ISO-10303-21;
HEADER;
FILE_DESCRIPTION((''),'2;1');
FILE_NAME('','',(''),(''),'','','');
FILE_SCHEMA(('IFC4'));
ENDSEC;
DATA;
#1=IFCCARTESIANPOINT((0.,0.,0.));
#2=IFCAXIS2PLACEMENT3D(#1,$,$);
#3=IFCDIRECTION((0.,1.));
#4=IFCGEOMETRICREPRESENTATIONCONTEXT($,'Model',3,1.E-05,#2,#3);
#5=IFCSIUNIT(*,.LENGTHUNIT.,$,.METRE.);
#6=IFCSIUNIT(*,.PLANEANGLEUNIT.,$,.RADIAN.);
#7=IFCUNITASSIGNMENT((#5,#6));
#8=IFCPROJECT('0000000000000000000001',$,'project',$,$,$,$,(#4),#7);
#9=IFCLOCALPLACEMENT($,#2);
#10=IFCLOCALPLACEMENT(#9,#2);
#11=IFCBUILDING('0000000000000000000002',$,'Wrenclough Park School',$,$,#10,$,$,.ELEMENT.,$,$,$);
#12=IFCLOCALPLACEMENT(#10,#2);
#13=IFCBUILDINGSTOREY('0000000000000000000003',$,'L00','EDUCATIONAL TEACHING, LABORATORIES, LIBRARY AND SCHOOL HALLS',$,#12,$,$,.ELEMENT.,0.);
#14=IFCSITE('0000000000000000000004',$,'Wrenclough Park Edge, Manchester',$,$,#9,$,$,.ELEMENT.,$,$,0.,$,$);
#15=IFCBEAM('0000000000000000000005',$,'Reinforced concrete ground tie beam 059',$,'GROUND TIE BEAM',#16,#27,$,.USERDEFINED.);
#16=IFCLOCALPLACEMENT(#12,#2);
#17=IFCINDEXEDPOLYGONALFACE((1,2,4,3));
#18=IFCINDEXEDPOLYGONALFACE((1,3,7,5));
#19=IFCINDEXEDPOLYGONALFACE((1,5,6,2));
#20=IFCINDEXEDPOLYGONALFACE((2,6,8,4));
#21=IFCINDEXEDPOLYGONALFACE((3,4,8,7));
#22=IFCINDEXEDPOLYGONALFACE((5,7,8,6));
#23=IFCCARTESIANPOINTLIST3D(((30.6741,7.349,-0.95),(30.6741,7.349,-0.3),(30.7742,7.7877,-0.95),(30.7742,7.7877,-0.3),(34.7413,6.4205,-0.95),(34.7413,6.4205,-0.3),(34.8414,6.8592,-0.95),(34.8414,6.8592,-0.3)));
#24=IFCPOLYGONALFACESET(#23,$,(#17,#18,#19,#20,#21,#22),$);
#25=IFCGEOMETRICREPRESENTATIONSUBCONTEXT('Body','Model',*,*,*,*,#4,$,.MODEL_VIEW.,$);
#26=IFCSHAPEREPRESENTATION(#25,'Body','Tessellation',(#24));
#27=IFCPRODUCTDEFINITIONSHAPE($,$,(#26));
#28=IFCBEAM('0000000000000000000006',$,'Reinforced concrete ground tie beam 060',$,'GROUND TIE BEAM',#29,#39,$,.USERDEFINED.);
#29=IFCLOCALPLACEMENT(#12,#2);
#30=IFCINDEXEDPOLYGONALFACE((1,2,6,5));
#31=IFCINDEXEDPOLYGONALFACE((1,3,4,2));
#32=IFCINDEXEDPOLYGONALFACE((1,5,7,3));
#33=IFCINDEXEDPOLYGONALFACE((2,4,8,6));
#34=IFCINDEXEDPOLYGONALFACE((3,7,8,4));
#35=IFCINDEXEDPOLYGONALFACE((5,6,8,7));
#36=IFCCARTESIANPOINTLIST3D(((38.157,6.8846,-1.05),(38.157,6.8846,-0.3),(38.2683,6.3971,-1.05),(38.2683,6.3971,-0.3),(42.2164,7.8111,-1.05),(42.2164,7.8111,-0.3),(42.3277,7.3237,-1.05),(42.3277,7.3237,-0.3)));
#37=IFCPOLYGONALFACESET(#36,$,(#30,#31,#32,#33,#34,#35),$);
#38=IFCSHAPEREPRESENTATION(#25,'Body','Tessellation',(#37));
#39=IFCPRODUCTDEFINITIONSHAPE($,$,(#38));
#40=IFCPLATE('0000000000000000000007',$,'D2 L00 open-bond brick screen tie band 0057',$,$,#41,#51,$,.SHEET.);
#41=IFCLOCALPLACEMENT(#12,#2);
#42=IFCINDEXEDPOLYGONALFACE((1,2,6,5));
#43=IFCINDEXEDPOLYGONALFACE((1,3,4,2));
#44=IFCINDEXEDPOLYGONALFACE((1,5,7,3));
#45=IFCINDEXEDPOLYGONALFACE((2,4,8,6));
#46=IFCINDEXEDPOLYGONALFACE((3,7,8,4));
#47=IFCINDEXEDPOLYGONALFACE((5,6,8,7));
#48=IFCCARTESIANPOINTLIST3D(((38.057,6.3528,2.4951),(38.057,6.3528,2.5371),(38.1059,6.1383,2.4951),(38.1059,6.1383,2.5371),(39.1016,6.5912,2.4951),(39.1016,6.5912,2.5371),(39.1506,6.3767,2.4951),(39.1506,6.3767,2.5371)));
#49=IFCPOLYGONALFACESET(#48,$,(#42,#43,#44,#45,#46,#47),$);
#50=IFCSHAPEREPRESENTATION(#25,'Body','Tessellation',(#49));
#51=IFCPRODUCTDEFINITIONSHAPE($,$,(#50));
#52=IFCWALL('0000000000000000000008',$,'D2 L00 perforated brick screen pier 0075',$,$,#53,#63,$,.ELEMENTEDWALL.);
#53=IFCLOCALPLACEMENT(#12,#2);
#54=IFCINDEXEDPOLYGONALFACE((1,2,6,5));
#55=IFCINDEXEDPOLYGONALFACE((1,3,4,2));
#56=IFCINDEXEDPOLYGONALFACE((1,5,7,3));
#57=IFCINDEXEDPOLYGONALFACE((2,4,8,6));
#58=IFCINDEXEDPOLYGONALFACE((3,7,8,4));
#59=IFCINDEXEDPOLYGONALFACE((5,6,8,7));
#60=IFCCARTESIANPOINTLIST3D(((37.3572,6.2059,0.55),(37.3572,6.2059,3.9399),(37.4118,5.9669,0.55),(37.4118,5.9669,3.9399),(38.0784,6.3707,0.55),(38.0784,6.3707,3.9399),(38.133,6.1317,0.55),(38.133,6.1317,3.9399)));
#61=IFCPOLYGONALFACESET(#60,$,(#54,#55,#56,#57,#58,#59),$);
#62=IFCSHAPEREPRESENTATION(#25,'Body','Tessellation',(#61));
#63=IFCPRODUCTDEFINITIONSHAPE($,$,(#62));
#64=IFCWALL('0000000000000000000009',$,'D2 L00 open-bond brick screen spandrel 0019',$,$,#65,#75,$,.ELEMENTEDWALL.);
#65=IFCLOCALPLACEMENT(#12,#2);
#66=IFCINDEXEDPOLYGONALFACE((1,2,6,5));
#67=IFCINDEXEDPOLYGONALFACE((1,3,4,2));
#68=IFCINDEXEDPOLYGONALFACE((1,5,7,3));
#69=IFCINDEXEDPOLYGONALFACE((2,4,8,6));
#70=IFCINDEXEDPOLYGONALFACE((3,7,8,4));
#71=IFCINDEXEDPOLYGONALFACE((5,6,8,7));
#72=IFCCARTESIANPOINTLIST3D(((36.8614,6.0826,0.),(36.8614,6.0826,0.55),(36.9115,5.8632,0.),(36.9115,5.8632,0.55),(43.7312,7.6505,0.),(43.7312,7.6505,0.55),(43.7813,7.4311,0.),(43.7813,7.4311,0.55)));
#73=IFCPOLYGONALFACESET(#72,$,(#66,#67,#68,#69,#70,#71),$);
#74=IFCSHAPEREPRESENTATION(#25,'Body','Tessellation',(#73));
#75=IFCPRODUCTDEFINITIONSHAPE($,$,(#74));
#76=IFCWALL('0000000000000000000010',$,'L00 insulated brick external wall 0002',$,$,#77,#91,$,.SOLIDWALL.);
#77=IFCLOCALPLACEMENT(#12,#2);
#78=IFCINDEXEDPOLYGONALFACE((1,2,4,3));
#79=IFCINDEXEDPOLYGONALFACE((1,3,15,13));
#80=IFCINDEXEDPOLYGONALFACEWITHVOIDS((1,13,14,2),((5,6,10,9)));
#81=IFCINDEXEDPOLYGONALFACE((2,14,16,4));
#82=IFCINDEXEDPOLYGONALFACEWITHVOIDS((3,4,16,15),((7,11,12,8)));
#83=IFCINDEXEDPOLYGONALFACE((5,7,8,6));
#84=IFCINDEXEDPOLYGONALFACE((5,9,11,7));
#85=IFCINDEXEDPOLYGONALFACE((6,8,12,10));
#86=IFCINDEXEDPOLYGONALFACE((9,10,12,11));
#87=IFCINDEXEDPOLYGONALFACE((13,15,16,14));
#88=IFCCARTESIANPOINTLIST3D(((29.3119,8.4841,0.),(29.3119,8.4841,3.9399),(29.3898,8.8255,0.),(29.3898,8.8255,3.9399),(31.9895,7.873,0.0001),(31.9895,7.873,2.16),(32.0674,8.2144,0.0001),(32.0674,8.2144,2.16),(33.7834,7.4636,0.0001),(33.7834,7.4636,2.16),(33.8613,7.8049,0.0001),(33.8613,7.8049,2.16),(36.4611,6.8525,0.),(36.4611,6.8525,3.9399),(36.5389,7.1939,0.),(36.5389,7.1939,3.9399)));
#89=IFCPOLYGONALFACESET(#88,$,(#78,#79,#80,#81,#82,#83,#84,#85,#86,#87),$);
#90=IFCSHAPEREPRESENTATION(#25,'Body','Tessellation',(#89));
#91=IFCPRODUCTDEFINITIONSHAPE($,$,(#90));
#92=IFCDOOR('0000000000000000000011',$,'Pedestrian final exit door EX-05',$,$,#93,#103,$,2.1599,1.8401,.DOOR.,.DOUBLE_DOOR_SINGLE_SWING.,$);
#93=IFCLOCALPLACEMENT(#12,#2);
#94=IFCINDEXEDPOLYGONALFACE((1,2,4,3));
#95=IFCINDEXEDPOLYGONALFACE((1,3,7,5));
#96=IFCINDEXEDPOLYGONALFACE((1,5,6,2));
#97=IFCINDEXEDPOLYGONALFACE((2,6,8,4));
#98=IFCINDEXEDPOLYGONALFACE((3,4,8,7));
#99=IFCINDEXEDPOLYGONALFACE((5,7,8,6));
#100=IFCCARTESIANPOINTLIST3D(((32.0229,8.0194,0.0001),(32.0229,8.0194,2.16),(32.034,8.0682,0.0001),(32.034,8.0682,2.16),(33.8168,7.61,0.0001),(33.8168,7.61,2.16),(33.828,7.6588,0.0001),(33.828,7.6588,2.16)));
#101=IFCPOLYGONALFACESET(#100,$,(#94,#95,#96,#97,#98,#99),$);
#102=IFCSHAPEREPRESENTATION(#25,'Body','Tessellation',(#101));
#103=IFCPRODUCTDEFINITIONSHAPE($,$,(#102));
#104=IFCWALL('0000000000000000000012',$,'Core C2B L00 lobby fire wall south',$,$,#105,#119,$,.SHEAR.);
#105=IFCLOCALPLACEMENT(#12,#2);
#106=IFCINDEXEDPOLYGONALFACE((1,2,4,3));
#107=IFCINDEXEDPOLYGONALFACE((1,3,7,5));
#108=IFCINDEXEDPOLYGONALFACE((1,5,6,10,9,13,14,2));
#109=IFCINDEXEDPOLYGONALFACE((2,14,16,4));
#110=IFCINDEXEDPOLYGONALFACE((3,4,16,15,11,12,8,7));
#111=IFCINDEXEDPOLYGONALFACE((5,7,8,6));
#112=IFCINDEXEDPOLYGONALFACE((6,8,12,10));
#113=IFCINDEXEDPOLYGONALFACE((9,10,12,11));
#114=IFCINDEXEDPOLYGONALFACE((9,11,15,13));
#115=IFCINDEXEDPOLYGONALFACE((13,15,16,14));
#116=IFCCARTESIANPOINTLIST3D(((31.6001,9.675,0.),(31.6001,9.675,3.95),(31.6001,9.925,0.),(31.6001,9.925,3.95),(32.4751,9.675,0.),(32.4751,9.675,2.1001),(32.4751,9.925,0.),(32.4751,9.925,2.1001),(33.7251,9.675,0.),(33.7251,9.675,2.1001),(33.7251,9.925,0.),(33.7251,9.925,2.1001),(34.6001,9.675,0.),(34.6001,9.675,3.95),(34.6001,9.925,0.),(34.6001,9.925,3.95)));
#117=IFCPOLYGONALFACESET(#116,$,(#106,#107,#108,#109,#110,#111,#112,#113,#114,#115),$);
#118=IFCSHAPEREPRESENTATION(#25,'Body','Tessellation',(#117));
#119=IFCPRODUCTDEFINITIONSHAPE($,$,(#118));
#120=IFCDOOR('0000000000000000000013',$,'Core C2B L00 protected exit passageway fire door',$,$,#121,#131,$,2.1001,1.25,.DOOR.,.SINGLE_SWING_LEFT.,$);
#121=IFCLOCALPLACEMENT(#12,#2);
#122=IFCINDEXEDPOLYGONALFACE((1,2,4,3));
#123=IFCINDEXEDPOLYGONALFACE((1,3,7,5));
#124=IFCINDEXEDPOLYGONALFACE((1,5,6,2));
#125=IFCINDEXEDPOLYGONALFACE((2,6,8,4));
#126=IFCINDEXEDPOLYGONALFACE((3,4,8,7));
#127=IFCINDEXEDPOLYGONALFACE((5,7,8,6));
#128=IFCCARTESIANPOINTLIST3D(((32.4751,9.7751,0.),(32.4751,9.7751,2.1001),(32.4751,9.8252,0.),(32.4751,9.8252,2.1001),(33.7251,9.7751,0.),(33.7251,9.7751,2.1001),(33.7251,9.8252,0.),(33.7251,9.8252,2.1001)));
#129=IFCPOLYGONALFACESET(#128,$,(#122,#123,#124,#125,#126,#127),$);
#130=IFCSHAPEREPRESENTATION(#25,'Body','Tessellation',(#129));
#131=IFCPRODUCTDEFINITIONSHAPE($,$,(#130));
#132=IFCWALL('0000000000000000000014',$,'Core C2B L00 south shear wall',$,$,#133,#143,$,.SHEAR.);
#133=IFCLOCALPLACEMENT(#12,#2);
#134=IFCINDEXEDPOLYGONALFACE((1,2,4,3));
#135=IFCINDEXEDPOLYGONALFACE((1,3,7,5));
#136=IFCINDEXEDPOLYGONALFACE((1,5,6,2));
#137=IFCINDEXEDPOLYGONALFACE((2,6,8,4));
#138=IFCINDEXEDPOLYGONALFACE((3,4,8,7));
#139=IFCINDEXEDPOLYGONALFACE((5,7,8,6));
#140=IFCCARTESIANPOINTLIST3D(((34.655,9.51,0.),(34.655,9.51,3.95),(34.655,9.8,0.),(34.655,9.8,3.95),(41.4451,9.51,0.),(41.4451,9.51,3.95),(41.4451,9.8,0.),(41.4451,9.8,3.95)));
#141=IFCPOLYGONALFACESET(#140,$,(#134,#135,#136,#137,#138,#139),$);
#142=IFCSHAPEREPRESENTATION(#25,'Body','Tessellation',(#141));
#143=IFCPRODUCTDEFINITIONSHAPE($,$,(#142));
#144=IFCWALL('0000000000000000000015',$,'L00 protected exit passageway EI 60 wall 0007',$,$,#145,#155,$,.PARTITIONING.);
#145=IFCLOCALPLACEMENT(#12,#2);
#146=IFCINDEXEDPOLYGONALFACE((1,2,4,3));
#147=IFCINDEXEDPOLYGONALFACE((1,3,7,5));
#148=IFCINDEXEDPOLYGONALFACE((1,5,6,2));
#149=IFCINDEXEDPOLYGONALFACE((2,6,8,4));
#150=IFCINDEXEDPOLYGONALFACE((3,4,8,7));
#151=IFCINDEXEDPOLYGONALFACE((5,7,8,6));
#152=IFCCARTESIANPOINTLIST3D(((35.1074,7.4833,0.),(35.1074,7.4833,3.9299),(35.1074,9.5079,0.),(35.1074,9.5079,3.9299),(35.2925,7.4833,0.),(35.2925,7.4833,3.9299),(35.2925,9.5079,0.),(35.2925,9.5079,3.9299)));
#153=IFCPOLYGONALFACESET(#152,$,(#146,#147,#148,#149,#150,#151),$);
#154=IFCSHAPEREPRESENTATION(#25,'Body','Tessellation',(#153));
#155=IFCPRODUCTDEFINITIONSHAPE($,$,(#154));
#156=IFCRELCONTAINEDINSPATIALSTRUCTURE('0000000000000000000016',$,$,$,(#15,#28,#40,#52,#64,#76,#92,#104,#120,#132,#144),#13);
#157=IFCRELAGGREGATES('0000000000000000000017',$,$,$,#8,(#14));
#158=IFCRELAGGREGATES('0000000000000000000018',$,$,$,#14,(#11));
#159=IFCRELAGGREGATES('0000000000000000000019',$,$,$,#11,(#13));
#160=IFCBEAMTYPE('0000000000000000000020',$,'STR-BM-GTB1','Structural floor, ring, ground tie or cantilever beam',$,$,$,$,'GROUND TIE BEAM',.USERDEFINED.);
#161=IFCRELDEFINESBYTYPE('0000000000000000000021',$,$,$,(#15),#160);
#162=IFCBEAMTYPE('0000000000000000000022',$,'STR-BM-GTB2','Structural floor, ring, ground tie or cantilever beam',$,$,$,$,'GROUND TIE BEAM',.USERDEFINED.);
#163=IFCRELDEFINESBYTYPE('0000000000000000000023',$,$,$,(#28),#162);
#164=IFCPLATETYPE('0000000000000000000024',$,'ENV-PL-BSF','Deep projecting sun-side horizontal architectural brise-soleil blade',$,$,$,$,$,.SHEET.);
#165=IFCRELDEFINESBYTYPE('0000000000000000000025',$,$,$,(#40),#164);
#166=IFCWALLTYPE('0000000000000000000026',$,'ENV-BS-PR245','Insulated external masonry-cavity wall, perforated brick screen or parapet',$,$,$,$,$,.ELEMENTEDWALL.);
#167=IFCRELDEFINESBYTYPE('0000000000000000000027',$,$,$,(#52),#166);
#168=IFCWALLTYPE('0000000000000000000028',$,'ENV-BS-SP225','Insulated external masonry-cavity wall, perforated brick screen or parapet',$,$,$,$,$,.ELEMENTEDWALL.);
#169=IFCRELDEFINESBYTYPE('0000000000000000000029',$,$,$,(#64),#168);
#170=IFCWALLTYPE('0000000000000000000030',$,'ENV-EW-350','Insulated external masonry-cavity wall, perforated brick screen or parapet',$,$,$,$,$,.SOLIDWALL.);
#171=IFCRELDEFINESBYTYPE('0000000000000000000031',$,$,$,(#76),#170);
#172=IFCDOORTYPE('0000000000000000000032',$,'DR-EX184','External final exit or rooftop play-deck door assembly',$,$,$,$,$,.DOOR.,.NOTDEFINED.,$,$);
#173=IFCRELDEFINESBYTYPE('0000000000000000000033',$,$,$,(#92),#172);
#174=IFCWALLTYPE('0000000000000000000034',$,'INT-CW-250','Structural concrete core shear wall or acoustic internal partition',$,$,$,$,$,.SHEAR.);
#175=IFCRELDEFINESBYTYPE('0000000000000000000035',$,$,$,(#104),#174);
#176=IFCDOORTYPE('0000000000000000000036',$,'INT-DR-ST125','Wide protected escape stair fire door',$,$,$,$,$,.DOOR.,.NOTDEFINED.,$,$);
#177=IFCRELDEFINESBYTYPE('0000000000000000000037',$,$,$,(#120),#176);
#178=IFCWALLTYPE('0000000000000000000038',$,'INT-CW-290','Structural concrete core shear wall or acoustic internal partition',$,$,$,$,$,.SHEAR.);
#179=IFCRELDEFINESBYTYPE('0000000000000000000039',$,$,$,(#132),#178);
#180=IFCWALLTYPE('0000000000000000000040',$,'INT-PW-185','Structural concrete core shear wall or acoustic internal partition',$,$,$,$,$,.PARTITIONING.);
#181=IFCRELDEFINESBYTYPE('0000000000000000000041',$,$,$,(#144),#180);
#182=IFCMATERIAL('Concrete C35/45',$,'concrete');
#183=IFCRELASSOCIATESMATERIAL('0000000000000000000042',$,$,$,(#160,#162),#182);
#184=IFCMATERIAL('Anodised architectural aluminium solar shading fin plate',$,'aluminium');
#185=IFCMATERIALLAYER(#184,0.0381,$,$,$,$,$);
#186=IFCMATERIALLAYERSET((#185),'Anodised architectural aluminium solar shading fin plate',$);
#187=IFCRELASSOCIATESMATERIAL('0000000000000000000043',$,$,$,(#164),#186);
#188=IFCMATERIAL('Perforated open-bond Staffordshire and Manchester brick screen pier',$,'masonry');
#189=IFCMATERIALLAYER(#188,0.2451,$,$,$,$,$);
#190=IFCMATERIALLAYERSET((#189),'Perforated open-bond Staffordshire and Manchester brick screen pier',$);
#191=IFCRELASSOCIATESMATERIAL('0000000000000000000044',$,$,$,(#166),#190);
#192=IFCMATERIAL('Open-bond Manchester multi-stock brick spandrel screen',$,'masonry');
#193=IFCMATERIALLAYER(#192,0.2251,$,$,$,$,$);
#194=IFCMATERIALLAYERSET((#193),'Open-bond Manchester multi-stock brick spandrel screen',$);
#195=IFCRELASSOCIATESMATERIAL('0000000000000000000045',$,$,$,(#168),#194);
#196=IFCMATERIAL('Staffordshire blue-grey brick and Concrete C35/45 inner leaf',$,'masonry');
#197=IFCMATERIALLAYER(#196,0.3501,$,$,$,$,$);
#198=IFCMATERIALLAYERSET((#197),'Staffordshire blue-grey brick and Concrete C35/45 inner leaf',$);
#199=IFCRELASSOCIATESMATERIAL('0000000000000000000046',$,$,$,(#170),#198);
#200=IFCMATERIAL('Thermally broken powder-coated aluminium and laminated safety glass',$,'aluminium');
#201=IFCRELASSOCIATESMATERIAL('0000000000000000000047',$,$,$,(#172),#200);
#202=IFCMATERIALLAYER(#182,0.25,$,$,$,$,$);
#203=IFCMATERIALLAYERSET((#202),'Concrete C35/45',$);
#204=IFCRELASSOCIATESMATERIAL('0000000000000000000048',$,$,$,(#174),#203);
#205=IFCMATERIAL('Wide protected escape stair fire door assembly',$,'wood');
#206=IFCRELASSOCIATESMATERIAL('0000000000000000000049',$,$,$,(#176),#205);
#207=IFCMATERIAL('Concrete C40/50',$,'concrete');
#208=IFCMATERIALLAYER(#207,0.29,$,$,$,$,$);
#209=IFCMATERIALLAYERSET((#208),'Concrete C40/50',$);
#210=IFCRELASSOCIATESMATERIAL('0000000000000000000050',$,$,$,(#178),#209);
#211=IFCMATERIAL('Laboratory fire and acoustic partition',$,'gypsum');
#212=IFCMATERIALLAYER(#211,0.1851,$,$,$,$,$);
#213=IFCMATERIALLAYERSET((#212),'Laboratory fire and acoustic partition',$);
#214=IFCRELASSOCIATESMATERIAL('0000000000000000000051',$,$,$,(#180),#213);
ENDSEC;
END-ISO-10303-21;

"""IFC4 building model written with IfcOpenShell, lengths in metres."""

from ifc_helpers import new_model, si_unit, direction, frame, frame_2d, origin, origin_2d, place, context, subcontext, project, spatial, rectangle, extrude, material, layer, layer_set, material_profile, profile_set, type_object, element, fill, save


model = new_model("IFC4")

# Units and contexts
model_context = context("Model", 3, precision=1e-05, world=origin(), true_north=direction((0.0, 1.0)))
body_context = subcontext(model_context, "Body", "Model", "MODEL_VIEW")
ifc_project = project(units=[si_unit("LENGTHUNIT", "METRE"), si_unit("PLANEANGLEUNIT", "RADIAN")], contexts=[model_context])

# Site, building, storey
site_placement = place(None, origin())
site = spatial("IfcSite", under=ifc_project, at=site_placement, Name="Wrenclough Park Edge, Manchester", CompositionType="ELEMENT", RefElevation=0.0)
building_placement = place(site_placement, origin())
building = spatial("IfcBuilding", under=site, at=building_placement, Name="Wrenclough Park School", CompositionType="ELEMENT")
storey_placement = place(building_placement, origin())
storey = spatial("IfcBuildingStorey", under=building, at=storey_placement, Name="L00", Description="EDUCATIONAL TEACHING, LABORATORIES, LIBRARY AND SCHOOL HALLS", CompositionType="ELEMENT", Elevation=0.0)

# Shared definitions
ifc_material_1 = material(Name="Concrete C35/45", Category="concrete")
ifc_material_2 = material(Name="Concrete C40/50", Category="concrete")

# Beams
ifc_material_profile_1 = material_profile(ifc_material_1, rectangle(XDim=0.45, YDim=0.6499, at=origin_2d()), Name="RC GROUND 450x650")
ifc_profile_set_1 = profile_set([ifc_material_profile_1], Name="Concrete C35/45")
beam_type_1 = type_object("IfcBeamType", Name="STR-BM-GTB1", Description="Structural floor, ring, ground tie or cantilever beam", ElementType="GROUND TIE BEAM", PredefinedType="USERDEFINED", material=ifc_profile_set_1)
beam_1_placement = place(storey_placement, frame((30.7241, 7.5684, -0.625), z_axis=(0.974919, -0.222559, 0.0), x_axis=(0.222559, 0.974919, 0.0)))
element("IfcBeam", 1, at=beam_1_placement, inside=storey, type_object=beam_type_1, Name="Reinforced concrete ground tie beam 059", ObjectType="GROUND TIE BEAM", PredefinedType="USERDEFINED", context=body_context, shape_type="SweptSolid", body=[
    extrude(rectangle(XDim=0.45, YDim=0.6499, at=origin_2d()), origin(), (0.0, 0.0, 1.0), 4.1719),
])
ifc_material_profile_2 = material_profile(ifc_material_1, rectangle(XDim=0.5, YDim=0.75, at=origin_2d()), Name="RC GROUND 500x750")
ifc_profile_set_2 = profile_set([ifc_material_profile_2], Name="Concrete C35/45")
beam_type_2 = type_object("IfcBeamType", Name="STR-BM-GTB2", Description="Structural floor, ring, ground tie or cantilever beam", ElementType="GROUND TIE BEAM", PredefinedType="USERDEFINED", material=ifc_profile_set_2)
beam_2_placement = place(storey_placement, frame((38.2126, 6.6409, -0.675), z_axis=(0.974928, 0.222521, 0.0), x_axis=(-0.222521, 0.974928, 0.0)))
element("IfcBeam", 2, at=beam_2_placement, inside=storey, type_object=beam_type_2, Name="Reinforced concrete ground tie beam 060", ObjectType="GROUND TIE BEAM", PredefinedType="USERDEFINED", context=body_context, shape_type="SweptSolid", body=[
    extrude(rectangle(XDim=0.5, YDim=0.75, at=origin_2d()), origin(), (0.0, 0.0, 1.0), 4.1638),
])

# Plate
ifc_material_3 = material(Name="Anodised architectural aluminium solar shading fin plate", Category="aluminium")
ifc_layer_1 = layer(ifc_material_3, 0.0381)
ifc_layer_set_1 = layer_set([ifc_layer_1], Name="Anodised architectural aluminium solar shading fin plate")
plate_type = type_object("IfcPlateType", Name="ENV-PL-BSF", Description="Deep projecting sun-side horizontal architectural brise-soleil blade", PredefinedType="SHEET", material=ifc_layer_set_1)
plate_placement = place(storey_placement, frame((38.6038, 6.3647, 2.4951), z_axis=(0.0, 0.0, 1.0), x_axis=(0.974927, 0.222526, 0.0)))
element("IfcPlate", 3, at=plate_placement, inside=storey, type_object=plate_type, Name="D2 L00 open-bond brick screen tie band 0057", PredefinedType="SHEET", context=body_context, shape_type="SweptSolid", body=[
    extrude(rectangle(XDim=1.0715, YDim=0.22, at=origin_2d()), origin(), (0.0, 0.0, 1.0), 0.042),
])

# Walls
ifc_material_4 = material(Name="Perforated open-bond Staffordshire and Manchester brick screen pier", Category="masonry")
ifc_layer_2 = layer(ifc_material_4, 0.2451)
ifc_layer_set_2 = layer_set([ifc_layer_2], Name="Perforated open-bond Staffordshire and Manchester brick screen pier")
wall_type_1 = type_object("IfcWallType", Name="ENV-BS-PR245", Description="Insulated external masonry-cavity wall, perforated brick screen or parapet", PredefinedType="ELEMENTEDWALL", material=ifc_layer_set_2)
wall_1_placement = place(storey_placement, frame((37.3845, 6.0864, 0.55), z_axis=(0.0, 0.0, 1.0), x_axis=(0.974873, 0.222762, 0.0)))
element("IfcWall", 4, at=wall_1_placement, inside=storey, type_object=wall_type_1, Name="D2 L00 perforated brick screen pier 0075", PredefinedType="ELEMENTEDWALL", context=body_context, shape_type="SweptSolid", body=[
    extrude(rectangle(XDim=0.7397, YDim=0.2451, at=frame_2d((0.3699, 0.0))), origin(), (0.0, 0.0, 1.0), 3.3899),
])
ifc_material_5 = material(Name="Open-bond Manchester multi-stock brick spandrel screen", Category="masonry")
ifc_layer_3 = layer(ifc_material_5, 0.2251)
ifc_layer_set_3 = layer_set([ifc_layer_3], Name="Open-bond Manchester multi-stock brick spandrel screen")
wall_type_2 = type_object("IfcWallType", Name="ENV-BS-SP225", Description="Insulated external masonry-cavity wall, perforated brick screen or parapet", PredefinedType="ELEMENTEDWALL", material=ifc_layer_set_3)
wall_2_placement = place(storey_placement, frame((36.8865, 5.9729, 0.0), z_axis=(0.0, 0.0, 1.0), x_axis=(0.97493, 0.222511, 0.0)))
element("IfcWall", 5, at=wall_2_placement, inside=storey, type_object=wall_type_2, Name="D2 L00 open-bond brick screen spandrel 0019", PredefinedType="ELEMENTEDWALL", context=body_context, shape_type="SweptSolid", body=[
    extrude(rectangle(XDim=7.0464, YDim=0.2251, at=frame_2d((3.5232, 0.0))), origin(), (0.0, 0.0, 1.0), 0.55),
])

# Walls, openings, doors
ifc_material_6 = material(Name="Staffordshire blue-grey brick and Concrete C35/45 inner leaf", Category="masonry")
ifc_layer_4 = layer(ifc_material_6, 0.3501)
ifc_layer_set_4 = layer_set([ifc_layer_4], Name="Staffordshire blue-grey brick and Concrete C35/45 inner leaf")
wall_type_3 = type_object("IfcWallType", Name="ENV-EW-350", Description="Insulated external masonry-cavity wall, perforated brick screen or parapet", PredefinedType="SOLIDWALL", material=ifc_layer_set_4)
wall_3_placement = place(storey_placement, frame((36.5, 7.0232, 0.0), z_axis=(0.0, 0.0, 1.0), x_axis=(-0.974933, 0.2225, 0.0)))
wall_3 = element("IfcWall", 6, at=wall_3_placement, inside=storey, type_object=wall_type_3, Name="L00 insulated brick external wall 0002", PredefinedType="SOLIDWALL", context=body_context, shape_type="SweptSolid", body=[
    extrude(rectangle(XDim=7.333, YDim=0.3501, at=frame_2d((3.6665, 0.0))), origin(), (0.0, 0.0, 1.0), 3.9399),
])
opening_1_placement = place(wall_3_placement, frame((2.7466, 0.0, 0.0)))
opening_1 = element("IfcOpeningElement", 7, at=opening_1_placement, cuts=wall_3, PredefinedType="OPENING", context=body_context, shape_type="SweptSolid", body=[
    extrude(rectangle(XDim=1.8401, YDim=2.1599, at=frame_2d((0.9199, 1.0801))), frame((0.0, 0.1851, 0.0), z_axis=(0.0, -1.0, 0.0), x_axis=(1.0, 0.0, 0.0)), (0.0, 0.0, 1.0), 0.3701),
])
ifc_material_7 = material(Name="Thermally broken powder-coated aluminium and laminated safety glass", Category="aluminium")
door_type_1 = type_object("IfcDoorType", Name="DR-EX184", Description="External final exit or rooftop play-deck door assembly", OperationType="NOTDEFINED", PredefinedType="DOOR", material=ifc_material_7)
door_1_placement = place(opening_1_placement, origin())
door_1 = element("IfcDoor", 8, at=door_1_placement, inside=storey, type_object=door_type_1, Name="Pedestrian final exit door EX-05", OperationType="DOUBLE_DOOR_SINGLE_SWING", OverallHeight=2.1599, OverallWidth=1.8401, PredefinedType="DOOR", context=body_context, shape_type="SweptSolid", body=[
    extrude(rectangle(XDim=1.8401, YDim=2.1599, at=frame_2d((0.9199, 1.0801))), frame((0.0, 0.0249, 0.0), z_axis=(0.0, -1.0, 0.0), x_axis=(1.0, 0.0, 0.0)), (0.0, 0.0, 1.0), 0.05),
])
fill(opening_1, door_1)
ifc_layer_5 = layer(ifc_material_1, 0.25)
ifc_layer_set_5 = layer_set([ifc_layer_5], Name="Concrete C35/45")
wall_type_4 = type_object("IfcWallType", Name="INT-CW-250", Description="Structural concrete core shear wall or acoustic internal partition", PredefinedType="SHEAR", material=ifc_layer_set_5)
wall_4_placement = place(storey_placement, frame((31.6001, 9.8, 0.0), z_axis=(0.0, 0.0, 1.0), x_axis=(1.0, 0.0, 0.0)))
wall_4 = element("IfcWall", 9, at=wall_4_placement, inside=storey, type_object=wall_type_4, Name="Core C2B L00 lobby fire wall south", PredefinedType="SHEAR", context=body_context, shape_type="SweptSolid", body=[
    extrude(rectangle(XDim=3.0, YDim=0.25, at=frame_2d((1.5, 0.0))), origin(), (0.0, 0.0, 1.0), 3.95),
])
opening_2_placement = place(wall_4_placement, frame((0.875, 0.0, 0.0)))
opening_2 = element("IfcOpeningElement", 10, at=opening_2_placement, cuts=wall_4, PredefinedType="OPENING", context=body_context, shape_type="SweptSolid", body=[
    extrude(rectangle(XDim=1.25, YDim=2.1001, at=frame_2d((0.625, 1.05))), frame((0.0, 0.135, 0.0), z_axis=(0.0, -1.0, 0.0), x_axis=(1.0, 0.0, 0.0)), (0.0, 0.0, 1.0), 0.27),
])
ifc_material_8 = material(Name="Wide protected escape stair fire door assembly", Category="wood")
door_type_2 = type_object("IfcDoorType", Name="INT-DR-ST125", Description="Wide protected escape stair fire door", OperationType="NOTDEFINED", PredefinedType="DOOR", material=ifc_material_8)
door_2_placement = place(opening_2_placement, frame((1.25, 0.0, 0.0), z_axis=(0.0, 0.0, 1.0), x_axis=(-1.0, 0.0, 0.0)))
door_2 = element("IfcDoor", 11, at=door_2_placement, inside=storey, type_object=door_type_2, Name="Core C2B L00 protected exit passageway fire door", OperationType="SINGLE_SWING_LEFT", OverallHeight=2.1001, OverallWidth=1.25, PredefinedType="DOOR", context=body_context, shape_type="SweptSolid", body=[
    extrude(rectangle(XDim=1.25, YDim=2.1001, at=frame_2d((0.625, 1.05))), frame((0.0, 0.0249, 0.0), z_axis=(0.0, -1.0, 0.0), x_axis=(1.0, 0.0, 0.0)), (0.0, 0.0, 1.0), 0.05),
])
fill(opening_2, door_2)

# Walls
ifc_layer_6 = layer(ifc_material_2, 0.29)
ifc_layer_set_6 = layer_set([ifc_layer_6], Name="Concrete C40/50")
wall_type_5 = type_object("IfcWallType", Name="INT-CW-290", Description="Structural concrete core shear wall or acoustic internal partition", PredefinedType="SHEAR", material=ifc_layer_set_6)
wall_5_placement = place(storey_placement, frame((34.655, 9.655, 0.0), z_axis=(0.0, 0.0, 1.0), x_axis=(1.0, 0.0, 0.0)))
element("IfcWall", 12, at=wall_5_placement, inside=storey, type_object=wall_type_5, Name="Core C2B L00 south shear wall", PredefinedType="SHEAR", context=body_context, shape_type="SweptSolid", body=[
    extrude(rectangle(XDim=6.79, YDim=0.29, at=frame_2d((3.395, 0.0))), origin(), (0.0, 0.0, 1.0), 3.95),
])
ifc_material_9 = material(Name="Laboratory fire and acoustic partition", Category="gypsum")
ifc_layer_7 = layer(ifc_material_9, 0.1851)
ifc_layer_set_7 = layer_set([ifc_layer_7], Name="Laboratory fire and acoustic partition")
wall_type_6 = type_object("IfcWallType", Name="INT-PW-185", Description="Structural concrete core shear wall or acoustic internal partition", PredefinedType="PARTITIONING", material=ifc_layer_set_7)
wall_6_placement = place(storey_placement, frame((35.2, 7.4834, 0.0), z_axis=(0.0, 0.0, 1.0), x_axis=(0.0, 1.0, 0.0)))
element("IfcWall", 13, at=wall_6_placement, inside=storey, type_object=wall_type_6, Name="L00 protected exit passageway EI 60 wall 0007", PredefinedType="PARTITIONING", context=body_context, shape_type="SweptSolid", body=[
    extrude(rectangle(XDim=2.0247, YDim=0.1851, at=frame_2d((1.0122, 0.0))), origin(), (0.0, 0.0, 1.0), 3.9299),
])

save(model, "model.ifc")
